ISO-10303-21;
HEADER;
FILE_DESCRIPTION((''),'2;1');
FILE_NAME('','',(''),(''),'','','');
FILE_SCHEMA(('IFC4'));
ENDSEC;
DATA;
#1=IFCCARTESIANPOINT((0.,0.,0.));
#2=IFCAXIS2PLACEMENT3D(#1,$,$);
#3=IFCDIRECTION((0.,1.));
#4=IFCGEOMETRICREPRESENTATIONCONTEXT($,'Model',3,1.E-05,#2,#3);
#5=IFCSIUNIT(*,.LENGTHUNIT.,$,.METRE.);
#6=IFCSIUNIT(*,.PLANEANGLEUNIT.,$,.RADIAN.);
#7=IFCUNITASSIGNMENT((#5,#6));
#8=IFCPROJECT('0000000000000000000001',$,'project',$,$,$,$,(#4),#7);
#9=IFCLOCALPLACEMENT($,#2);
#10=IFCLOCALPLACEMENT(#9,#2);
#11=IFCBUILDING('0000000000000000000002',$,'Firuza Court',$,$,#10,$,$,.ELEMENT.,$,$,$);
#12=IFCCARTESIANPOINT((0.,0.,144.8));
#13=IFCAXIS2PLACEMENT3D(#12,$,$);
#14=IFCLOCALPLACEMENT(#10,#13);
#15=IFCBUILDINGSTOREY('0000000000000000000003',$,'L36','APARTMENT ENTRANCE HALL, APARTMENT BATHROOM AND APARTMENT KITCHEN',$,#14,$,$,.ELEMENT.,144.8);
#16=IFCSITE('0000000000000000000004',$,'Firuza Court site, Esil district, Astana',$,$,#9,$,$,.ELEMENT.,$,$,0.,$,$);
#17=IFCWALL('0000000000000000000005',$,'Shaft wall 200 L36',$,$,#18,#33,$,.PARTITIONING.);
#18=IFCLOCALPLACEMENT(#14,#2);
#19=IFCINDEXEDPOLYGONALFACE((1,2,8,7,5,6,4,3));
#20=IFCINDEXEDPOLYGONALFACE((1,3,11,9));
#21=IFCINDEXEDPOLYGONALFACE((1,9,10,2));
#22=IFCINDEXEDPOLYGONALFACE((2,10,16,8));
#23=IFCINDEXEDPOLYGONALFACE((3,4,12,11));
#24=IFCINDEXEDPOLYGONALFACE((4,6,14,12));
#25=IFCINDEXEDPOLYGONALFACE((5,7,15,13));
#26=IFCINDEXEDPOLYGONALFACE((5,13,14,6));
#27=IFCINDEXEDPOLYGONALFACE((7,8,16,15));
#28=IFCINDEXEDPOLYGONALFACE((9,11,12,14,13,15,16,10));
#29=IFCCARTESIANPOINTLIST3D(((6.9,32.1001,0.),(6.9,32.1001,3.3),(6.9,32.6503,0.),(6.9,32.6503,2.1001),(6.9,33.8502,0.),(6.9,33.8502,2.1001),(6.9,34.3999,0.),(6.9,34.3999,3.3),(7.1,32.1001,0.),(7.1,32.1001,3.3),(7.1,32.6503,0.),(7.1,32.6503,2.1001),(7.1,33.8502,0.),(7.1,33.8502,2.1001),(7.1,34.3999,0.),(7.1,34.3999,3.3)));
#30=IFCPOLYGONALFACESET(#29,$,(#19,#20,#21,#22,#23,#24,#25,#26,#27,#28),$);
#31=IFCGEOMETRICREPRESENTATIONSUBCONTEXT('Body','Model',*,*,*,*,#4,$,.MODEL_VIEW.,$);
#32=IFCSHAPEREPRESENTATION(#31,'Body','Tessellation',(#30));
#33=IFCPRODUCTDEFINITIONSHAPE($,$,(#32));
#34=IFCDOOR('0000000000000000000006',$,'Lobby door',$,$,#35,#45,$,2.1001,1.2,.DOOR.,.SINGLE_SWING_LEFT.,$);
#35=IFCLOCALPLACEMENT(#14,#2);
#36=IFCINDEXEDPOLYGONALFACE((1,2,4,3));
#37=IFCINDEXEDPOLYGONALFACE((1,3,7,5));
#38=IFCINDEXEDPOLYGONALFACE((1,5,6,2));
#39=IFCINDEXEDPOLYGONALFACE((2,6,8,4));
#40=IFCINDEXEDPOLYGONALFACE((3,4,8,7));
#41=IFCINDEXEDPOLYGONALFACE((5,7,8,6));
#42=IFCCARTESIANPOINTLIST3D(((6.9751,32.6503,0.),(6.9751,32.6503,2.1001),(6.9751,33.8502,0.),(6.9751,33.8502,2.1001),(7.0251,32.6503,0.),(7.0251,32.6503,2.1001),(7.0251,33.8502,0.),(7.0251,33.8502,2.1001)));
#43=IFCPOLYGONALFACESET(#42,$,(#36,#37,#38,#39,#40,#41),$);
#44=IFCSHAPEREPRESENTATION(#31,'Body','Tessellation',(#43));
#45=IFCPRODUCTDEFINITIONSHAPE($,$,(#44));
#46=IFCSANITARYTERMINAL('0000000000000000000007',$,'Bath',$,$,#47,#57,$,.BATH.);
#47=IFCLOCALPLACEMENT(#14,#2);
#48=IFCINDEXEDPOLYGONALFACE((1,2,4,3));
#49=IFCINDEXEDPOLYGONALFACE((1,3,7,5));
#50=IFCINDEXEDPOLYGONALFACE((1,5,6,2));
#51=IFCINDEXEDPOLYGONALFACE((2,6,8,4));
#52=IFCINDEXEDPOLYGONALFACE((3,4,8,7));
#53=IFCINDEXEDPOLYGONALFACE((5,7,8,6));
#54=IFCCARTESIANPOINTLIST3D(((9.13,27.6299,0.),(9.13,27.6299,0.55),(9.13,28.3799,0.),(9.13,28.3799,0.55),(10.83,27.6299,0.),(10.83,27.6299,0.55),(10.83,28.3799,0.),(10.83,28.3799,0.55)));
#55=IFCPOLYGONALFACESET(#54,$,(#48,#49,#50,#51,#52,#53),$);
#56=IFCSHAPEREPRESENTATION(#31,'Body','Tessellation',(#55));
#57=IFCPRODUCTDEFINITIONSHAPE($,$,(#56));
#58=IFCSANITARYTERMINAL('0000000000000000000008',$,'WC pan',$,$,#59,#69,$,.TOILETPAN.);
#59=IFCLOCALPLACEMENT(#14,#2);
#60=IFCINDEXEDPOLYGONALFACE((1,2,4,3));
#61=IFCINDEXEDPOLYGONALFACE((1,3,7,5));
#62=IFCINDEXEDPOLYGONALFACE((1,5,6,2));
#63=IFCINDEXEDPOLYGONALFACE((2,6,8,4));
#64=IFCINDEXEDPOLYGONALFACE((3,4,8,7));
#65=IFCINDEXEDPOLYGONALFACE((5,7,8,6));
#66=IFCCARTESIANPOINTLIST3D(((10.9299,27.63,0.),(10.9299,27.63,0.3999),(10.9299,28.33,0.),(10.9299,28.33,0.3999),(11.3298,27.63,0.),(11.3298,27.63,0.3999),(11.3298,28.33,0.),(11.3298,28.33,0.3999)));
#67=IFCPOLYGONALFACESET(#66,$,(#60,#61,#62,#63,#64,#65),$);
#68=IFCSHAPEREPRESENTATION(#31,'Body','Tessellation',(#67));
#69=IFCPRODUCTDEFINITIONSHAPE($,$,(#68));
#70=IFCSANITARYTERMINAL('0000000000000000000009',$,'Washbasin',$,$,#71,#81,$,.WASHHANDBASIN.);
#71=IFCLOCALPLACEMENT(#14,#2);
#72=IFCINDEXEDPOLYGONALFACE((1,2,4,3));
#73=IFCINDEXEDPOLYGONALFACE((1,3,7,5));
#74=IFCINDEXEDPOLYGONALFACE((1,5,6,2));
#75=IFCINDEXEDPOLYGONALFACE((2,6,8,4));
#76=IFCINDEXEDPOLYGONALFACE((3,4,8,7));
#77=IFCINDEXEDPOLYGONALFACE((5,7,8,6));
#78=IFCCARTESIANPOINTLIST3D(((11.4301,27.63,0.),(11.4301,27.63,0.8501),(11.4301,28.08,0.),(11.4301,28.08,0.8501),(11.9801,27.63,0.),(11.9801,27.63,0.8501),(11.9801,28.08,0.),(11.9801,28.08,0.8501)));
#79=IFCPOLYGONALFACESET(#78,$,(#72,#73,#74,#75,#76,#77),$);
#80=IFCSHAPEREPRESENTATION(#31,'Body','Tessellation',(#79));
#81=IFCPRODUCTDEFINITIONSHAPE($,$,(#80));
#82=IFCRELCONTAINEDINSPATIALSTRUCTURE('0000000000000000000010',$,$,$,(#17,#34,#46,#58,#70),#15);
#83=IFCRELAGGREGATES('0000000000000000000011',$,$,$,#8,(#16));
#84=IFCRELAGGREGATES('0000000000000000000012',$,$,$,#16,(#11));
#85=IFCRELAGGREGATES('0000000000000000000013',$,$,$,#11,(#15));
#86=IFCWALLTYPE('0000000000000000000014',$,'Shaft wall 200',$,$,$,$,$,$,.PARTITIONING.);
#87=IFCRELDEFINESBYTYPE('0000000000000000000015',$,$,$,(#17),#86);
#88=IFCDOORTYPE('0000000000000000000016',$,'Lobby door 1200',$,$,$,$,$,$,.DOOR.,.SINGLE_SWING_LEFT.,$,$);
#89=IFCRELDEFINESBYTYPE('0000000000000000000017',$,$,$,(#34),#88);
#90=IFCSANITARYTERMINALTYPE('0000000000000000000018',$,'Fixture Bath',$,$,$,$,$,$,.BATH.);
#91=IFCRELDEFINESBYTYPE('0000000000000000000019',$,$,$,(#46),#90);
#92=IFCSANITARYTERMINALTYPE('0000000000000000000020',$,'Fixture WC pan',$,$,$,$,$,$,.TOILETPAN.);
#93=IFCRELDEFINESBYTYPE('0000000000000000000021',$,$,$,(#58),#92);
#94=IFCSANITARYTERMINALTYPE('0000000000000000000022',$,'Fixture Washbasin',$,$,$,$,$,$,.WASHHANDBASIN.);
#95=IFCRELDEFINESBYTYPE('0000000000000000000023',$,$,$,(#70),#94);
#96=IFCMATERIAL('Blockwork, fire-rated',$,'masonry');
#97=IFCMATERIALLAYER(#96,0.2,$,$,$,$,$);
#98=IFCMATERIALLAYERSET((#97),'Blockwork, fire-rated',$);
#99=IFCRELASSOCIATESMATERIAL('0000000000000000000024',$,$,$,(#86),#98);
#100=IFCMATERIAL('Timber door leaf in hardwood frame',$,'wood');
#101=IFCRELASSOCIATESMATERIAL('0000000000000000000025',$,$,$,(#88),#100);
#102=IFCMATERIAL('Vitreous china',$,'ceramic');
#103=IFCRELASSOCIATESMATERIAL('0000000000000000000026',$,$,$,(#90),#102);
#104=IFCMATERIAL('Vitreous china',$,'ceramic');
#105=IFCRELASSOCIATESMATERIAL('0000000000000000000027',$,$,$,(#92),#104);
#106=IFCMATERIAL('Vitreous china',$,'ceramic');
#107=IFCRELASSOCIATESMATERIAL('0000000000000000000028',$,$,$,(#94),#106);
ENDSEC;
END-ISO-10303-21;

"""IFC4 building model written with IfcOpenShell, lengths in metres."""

from ifc_helpers import new_model, si_unit, direction, frame, frame_2d, origin, origin_2d, place, context, subcontext, project, spatial, rectangle, extrude, material, layer, layer_set, type_object, element, fill, save


model = new_model("IFC4")

# Units and contexts
model_context = context("Model", 3, precision=1e-05, world=origin(), true_north=direction((0.0, 1.0)))
body_context = subcontext(model_context, "Body", "Model", "MODEL_VIEW")
ifc_project = project(units=[si_unit("LENGTHUNIT", "METRE"), si_unit("PLANEANGLEUNIT", "RADIAN")], contexts=[model_context])

# Site, building, storey
site_placement = place(None, origin())
site = spatial("IfcSite", under=ifc_project, at=site_placement, Name="Firuza Court site, Esil district, Astana", CompositionType="ELEMENT", RefElevation=0.0)
building_placement = place(site_placement, origin())
building = spatial("IfcBuilding", under=site, at=building_placement, Name="Firuza Court", CompositionType="ELEMENT")
storey_placement = place(building_placement, frame((0.0, 0.0, 144.8)))
storey = spatial("IfcBuildingStorey", under=building, at=storey_placement, Name="L36", Description="APARTMENT ENTRANCE HALL, APARTMENT BATHROOM AND APARTMENT KITCHEN", CompositionType="ELEMENT", Elevation=144.8)

# Shared definitions
ifc_material_1 = material(Name="Blockwork, fire-rated", Category="masonry")
ifc_layer_1 = layer(ifc_material_1, 0.2)
ifc_layer_set_1 = layer_set([ifc_layer_1], Name="Blockwork, fire-rated")
wall_type_1 = type_object("IfcWallType", Name="Shaft wall 200", PredefinedType="PARTITIONING", material=ifc_layer_set_1)

# Shared definitions
ifc_material_2 = material(Name="Timber door leaf in hardwood frame", Category="wood")
door_type_1 = type_object("IfcDoorType", Name="Lobby door 1200", OperationType="SINGLE_SWING_LEFT", PredefinedType="DOOR", material=ifc_material_2)

# Wall, opening, door
wall_1_placement = place(storey_placement, frame((7.0, 32.1001, 0.0), z_axis=(0.0, 0.0, 1.0), x_axis=(0.0, 1.0, 0.0)))
wall_1 = element("IfcWall", 1, at=wall_1_placement, inside=storey, type_object=wall_type_1, Name="Shaft wall 200 L36", PredefinedType="PARTITIONING", context=body_context, shape_type="SweptSolid", body=[
    extrude(rectangle(XDim=2.2998, YDim=0.2, at=frame_2d((1.1499, 0.0))), origin(), (0.0, 0.0, 1.0), 3.3),
])
opening_1_placement = place(wall_1_placement, frame((0.55, 0.0, 0.0)))
opening_1 = element("IfcOpeningElement", 2, at=opening_1_placement, cuts=wall_1, PredefinedType="OPENING", context=body_context, shape_type="SweptSolid", body=[
    extrude(rectangle(XDim=1.2, YDim=2.1001, at=frame_2d((0.6001, 1.05))), frame((0.0, 0.1118, 0.0), z_axis=(0.0, -1.0, 0.0), x_axis=(1.0, 0.0, 0.0)), (0.0, 0.0, 1.0), 0.2239),
])
door_1_placement = place(opening_1_placement, origin())
door_1 = element("IfcDoor", 3, at=door_1_placement, inside=storey, type_object=door_type_1, Name="Lobby door", OperationType="SINGLE_SWING_LEFT", OverallHeight=2.1001, OverallWidth=1.2, PredefinedType="DOOR", context=body_context, shape_type="SweptSolid", body=[
    extrude(rectangle(XDim=1.2, YDim=2.1001, at=frame_2d((0.6001, 1.05))), frame((0.0, 0.0249, 0.0), z_axis=(0.0, -1.0, 0.0), x_axis=(1.0, 0.0, 0.0)), (0.0, 0.0, 1.0), 0.05),
])
fill(opening_1, door_1)

# Sanitary terminals
ifc_material_3 = material(Name="Vitreous china", Category="ceramic")
sanitary_terminal_type_1 = type_object("IfcSanitaryTerminalType", Name="Fixture Bath", PredefinedType="BATH", material=ifc_material_3)
sanitary_terminal_1_placement = place(storey_placement, frame((9.98, 28.0049, 0.0), z_axis=(0.0, 0.0, 1.0), x_axis=(1.0, 0.0, 0.0)))
element("IfcSanitaryTerminal", 4, at=sanitary_terminal_1_placement, inside=storey, type_object=sanitary_terminal_type_1, Name="Bath", PredefinedType="BATH", context=body_context, shape_type="SweptSolid", body=[
    extrude(rectangle(XDim=1.7, YDim=0.75, at=origin_2d()), origin(), (0.0, 0.0, 1.0), 0.55),
])
ifc_material_4 = material(Name="Vitreous china", Category="ceramic")
sanitary_terminal_type_2 = type_object("IfcSanitaryTerminalType", Name="Fixture WC pan", PredefinedType="TOILETPAN", material=ifc_material_4)
sanitary_terminal_2_placement = place(storey_placement, frame((11.1299, 27.98, 0.0), z_axis=(0.0, 0.0, 1.0), x_axis=(1.0, 0.0, 0.0)))
element("IfcSanitaryTerminal", 5, at=sanitary_terminal_2_placement, inside=storey, type_object=sanitary_terminal_type_2, Name="WC pan", PredefinedType="TOILETPAN", context=body_context, shape_type="SweptSolid", body=[
    extrude(rectangle(XDim=0.3999, YDim=0.7, at=origin_2d()), origin(), (0.0, 0.0, 1.0), 0.3999),
])
ifc_material_5 = material(Name="Vitreous china", Category="ceramic")
sanitary_terminal_type_3 = type_object("IfcSanitaryTerminalType", Name="Fixture Washbasin", PredefinedType="WASHHANDBASIN", material=ifc_material_5)
sanitary_terminal_3_placement = place(storey_placement, frame((11.7051, 27.855, 0.0), z_axis=(0.0, 0.0, 1.0), x_axis=(1.0, 0.0, 0.0)))
element("IfcSanitaryTerminal", 6, at=sanitary_terminal_3_placement, inside=storey, type_object=sanitary_terminal_type_3, Name="Washbasin", PredefinedType="WASHHANDBASIN", context=body_context, shape_type="SweptSolid", body=[
    extrude(rectangle(XDim=0.55, YDim=0.45, at=origin_2d()), origin(), (0.0, 0.0, 1.0), 0.8501),
])

save(model, "model.ifc")
